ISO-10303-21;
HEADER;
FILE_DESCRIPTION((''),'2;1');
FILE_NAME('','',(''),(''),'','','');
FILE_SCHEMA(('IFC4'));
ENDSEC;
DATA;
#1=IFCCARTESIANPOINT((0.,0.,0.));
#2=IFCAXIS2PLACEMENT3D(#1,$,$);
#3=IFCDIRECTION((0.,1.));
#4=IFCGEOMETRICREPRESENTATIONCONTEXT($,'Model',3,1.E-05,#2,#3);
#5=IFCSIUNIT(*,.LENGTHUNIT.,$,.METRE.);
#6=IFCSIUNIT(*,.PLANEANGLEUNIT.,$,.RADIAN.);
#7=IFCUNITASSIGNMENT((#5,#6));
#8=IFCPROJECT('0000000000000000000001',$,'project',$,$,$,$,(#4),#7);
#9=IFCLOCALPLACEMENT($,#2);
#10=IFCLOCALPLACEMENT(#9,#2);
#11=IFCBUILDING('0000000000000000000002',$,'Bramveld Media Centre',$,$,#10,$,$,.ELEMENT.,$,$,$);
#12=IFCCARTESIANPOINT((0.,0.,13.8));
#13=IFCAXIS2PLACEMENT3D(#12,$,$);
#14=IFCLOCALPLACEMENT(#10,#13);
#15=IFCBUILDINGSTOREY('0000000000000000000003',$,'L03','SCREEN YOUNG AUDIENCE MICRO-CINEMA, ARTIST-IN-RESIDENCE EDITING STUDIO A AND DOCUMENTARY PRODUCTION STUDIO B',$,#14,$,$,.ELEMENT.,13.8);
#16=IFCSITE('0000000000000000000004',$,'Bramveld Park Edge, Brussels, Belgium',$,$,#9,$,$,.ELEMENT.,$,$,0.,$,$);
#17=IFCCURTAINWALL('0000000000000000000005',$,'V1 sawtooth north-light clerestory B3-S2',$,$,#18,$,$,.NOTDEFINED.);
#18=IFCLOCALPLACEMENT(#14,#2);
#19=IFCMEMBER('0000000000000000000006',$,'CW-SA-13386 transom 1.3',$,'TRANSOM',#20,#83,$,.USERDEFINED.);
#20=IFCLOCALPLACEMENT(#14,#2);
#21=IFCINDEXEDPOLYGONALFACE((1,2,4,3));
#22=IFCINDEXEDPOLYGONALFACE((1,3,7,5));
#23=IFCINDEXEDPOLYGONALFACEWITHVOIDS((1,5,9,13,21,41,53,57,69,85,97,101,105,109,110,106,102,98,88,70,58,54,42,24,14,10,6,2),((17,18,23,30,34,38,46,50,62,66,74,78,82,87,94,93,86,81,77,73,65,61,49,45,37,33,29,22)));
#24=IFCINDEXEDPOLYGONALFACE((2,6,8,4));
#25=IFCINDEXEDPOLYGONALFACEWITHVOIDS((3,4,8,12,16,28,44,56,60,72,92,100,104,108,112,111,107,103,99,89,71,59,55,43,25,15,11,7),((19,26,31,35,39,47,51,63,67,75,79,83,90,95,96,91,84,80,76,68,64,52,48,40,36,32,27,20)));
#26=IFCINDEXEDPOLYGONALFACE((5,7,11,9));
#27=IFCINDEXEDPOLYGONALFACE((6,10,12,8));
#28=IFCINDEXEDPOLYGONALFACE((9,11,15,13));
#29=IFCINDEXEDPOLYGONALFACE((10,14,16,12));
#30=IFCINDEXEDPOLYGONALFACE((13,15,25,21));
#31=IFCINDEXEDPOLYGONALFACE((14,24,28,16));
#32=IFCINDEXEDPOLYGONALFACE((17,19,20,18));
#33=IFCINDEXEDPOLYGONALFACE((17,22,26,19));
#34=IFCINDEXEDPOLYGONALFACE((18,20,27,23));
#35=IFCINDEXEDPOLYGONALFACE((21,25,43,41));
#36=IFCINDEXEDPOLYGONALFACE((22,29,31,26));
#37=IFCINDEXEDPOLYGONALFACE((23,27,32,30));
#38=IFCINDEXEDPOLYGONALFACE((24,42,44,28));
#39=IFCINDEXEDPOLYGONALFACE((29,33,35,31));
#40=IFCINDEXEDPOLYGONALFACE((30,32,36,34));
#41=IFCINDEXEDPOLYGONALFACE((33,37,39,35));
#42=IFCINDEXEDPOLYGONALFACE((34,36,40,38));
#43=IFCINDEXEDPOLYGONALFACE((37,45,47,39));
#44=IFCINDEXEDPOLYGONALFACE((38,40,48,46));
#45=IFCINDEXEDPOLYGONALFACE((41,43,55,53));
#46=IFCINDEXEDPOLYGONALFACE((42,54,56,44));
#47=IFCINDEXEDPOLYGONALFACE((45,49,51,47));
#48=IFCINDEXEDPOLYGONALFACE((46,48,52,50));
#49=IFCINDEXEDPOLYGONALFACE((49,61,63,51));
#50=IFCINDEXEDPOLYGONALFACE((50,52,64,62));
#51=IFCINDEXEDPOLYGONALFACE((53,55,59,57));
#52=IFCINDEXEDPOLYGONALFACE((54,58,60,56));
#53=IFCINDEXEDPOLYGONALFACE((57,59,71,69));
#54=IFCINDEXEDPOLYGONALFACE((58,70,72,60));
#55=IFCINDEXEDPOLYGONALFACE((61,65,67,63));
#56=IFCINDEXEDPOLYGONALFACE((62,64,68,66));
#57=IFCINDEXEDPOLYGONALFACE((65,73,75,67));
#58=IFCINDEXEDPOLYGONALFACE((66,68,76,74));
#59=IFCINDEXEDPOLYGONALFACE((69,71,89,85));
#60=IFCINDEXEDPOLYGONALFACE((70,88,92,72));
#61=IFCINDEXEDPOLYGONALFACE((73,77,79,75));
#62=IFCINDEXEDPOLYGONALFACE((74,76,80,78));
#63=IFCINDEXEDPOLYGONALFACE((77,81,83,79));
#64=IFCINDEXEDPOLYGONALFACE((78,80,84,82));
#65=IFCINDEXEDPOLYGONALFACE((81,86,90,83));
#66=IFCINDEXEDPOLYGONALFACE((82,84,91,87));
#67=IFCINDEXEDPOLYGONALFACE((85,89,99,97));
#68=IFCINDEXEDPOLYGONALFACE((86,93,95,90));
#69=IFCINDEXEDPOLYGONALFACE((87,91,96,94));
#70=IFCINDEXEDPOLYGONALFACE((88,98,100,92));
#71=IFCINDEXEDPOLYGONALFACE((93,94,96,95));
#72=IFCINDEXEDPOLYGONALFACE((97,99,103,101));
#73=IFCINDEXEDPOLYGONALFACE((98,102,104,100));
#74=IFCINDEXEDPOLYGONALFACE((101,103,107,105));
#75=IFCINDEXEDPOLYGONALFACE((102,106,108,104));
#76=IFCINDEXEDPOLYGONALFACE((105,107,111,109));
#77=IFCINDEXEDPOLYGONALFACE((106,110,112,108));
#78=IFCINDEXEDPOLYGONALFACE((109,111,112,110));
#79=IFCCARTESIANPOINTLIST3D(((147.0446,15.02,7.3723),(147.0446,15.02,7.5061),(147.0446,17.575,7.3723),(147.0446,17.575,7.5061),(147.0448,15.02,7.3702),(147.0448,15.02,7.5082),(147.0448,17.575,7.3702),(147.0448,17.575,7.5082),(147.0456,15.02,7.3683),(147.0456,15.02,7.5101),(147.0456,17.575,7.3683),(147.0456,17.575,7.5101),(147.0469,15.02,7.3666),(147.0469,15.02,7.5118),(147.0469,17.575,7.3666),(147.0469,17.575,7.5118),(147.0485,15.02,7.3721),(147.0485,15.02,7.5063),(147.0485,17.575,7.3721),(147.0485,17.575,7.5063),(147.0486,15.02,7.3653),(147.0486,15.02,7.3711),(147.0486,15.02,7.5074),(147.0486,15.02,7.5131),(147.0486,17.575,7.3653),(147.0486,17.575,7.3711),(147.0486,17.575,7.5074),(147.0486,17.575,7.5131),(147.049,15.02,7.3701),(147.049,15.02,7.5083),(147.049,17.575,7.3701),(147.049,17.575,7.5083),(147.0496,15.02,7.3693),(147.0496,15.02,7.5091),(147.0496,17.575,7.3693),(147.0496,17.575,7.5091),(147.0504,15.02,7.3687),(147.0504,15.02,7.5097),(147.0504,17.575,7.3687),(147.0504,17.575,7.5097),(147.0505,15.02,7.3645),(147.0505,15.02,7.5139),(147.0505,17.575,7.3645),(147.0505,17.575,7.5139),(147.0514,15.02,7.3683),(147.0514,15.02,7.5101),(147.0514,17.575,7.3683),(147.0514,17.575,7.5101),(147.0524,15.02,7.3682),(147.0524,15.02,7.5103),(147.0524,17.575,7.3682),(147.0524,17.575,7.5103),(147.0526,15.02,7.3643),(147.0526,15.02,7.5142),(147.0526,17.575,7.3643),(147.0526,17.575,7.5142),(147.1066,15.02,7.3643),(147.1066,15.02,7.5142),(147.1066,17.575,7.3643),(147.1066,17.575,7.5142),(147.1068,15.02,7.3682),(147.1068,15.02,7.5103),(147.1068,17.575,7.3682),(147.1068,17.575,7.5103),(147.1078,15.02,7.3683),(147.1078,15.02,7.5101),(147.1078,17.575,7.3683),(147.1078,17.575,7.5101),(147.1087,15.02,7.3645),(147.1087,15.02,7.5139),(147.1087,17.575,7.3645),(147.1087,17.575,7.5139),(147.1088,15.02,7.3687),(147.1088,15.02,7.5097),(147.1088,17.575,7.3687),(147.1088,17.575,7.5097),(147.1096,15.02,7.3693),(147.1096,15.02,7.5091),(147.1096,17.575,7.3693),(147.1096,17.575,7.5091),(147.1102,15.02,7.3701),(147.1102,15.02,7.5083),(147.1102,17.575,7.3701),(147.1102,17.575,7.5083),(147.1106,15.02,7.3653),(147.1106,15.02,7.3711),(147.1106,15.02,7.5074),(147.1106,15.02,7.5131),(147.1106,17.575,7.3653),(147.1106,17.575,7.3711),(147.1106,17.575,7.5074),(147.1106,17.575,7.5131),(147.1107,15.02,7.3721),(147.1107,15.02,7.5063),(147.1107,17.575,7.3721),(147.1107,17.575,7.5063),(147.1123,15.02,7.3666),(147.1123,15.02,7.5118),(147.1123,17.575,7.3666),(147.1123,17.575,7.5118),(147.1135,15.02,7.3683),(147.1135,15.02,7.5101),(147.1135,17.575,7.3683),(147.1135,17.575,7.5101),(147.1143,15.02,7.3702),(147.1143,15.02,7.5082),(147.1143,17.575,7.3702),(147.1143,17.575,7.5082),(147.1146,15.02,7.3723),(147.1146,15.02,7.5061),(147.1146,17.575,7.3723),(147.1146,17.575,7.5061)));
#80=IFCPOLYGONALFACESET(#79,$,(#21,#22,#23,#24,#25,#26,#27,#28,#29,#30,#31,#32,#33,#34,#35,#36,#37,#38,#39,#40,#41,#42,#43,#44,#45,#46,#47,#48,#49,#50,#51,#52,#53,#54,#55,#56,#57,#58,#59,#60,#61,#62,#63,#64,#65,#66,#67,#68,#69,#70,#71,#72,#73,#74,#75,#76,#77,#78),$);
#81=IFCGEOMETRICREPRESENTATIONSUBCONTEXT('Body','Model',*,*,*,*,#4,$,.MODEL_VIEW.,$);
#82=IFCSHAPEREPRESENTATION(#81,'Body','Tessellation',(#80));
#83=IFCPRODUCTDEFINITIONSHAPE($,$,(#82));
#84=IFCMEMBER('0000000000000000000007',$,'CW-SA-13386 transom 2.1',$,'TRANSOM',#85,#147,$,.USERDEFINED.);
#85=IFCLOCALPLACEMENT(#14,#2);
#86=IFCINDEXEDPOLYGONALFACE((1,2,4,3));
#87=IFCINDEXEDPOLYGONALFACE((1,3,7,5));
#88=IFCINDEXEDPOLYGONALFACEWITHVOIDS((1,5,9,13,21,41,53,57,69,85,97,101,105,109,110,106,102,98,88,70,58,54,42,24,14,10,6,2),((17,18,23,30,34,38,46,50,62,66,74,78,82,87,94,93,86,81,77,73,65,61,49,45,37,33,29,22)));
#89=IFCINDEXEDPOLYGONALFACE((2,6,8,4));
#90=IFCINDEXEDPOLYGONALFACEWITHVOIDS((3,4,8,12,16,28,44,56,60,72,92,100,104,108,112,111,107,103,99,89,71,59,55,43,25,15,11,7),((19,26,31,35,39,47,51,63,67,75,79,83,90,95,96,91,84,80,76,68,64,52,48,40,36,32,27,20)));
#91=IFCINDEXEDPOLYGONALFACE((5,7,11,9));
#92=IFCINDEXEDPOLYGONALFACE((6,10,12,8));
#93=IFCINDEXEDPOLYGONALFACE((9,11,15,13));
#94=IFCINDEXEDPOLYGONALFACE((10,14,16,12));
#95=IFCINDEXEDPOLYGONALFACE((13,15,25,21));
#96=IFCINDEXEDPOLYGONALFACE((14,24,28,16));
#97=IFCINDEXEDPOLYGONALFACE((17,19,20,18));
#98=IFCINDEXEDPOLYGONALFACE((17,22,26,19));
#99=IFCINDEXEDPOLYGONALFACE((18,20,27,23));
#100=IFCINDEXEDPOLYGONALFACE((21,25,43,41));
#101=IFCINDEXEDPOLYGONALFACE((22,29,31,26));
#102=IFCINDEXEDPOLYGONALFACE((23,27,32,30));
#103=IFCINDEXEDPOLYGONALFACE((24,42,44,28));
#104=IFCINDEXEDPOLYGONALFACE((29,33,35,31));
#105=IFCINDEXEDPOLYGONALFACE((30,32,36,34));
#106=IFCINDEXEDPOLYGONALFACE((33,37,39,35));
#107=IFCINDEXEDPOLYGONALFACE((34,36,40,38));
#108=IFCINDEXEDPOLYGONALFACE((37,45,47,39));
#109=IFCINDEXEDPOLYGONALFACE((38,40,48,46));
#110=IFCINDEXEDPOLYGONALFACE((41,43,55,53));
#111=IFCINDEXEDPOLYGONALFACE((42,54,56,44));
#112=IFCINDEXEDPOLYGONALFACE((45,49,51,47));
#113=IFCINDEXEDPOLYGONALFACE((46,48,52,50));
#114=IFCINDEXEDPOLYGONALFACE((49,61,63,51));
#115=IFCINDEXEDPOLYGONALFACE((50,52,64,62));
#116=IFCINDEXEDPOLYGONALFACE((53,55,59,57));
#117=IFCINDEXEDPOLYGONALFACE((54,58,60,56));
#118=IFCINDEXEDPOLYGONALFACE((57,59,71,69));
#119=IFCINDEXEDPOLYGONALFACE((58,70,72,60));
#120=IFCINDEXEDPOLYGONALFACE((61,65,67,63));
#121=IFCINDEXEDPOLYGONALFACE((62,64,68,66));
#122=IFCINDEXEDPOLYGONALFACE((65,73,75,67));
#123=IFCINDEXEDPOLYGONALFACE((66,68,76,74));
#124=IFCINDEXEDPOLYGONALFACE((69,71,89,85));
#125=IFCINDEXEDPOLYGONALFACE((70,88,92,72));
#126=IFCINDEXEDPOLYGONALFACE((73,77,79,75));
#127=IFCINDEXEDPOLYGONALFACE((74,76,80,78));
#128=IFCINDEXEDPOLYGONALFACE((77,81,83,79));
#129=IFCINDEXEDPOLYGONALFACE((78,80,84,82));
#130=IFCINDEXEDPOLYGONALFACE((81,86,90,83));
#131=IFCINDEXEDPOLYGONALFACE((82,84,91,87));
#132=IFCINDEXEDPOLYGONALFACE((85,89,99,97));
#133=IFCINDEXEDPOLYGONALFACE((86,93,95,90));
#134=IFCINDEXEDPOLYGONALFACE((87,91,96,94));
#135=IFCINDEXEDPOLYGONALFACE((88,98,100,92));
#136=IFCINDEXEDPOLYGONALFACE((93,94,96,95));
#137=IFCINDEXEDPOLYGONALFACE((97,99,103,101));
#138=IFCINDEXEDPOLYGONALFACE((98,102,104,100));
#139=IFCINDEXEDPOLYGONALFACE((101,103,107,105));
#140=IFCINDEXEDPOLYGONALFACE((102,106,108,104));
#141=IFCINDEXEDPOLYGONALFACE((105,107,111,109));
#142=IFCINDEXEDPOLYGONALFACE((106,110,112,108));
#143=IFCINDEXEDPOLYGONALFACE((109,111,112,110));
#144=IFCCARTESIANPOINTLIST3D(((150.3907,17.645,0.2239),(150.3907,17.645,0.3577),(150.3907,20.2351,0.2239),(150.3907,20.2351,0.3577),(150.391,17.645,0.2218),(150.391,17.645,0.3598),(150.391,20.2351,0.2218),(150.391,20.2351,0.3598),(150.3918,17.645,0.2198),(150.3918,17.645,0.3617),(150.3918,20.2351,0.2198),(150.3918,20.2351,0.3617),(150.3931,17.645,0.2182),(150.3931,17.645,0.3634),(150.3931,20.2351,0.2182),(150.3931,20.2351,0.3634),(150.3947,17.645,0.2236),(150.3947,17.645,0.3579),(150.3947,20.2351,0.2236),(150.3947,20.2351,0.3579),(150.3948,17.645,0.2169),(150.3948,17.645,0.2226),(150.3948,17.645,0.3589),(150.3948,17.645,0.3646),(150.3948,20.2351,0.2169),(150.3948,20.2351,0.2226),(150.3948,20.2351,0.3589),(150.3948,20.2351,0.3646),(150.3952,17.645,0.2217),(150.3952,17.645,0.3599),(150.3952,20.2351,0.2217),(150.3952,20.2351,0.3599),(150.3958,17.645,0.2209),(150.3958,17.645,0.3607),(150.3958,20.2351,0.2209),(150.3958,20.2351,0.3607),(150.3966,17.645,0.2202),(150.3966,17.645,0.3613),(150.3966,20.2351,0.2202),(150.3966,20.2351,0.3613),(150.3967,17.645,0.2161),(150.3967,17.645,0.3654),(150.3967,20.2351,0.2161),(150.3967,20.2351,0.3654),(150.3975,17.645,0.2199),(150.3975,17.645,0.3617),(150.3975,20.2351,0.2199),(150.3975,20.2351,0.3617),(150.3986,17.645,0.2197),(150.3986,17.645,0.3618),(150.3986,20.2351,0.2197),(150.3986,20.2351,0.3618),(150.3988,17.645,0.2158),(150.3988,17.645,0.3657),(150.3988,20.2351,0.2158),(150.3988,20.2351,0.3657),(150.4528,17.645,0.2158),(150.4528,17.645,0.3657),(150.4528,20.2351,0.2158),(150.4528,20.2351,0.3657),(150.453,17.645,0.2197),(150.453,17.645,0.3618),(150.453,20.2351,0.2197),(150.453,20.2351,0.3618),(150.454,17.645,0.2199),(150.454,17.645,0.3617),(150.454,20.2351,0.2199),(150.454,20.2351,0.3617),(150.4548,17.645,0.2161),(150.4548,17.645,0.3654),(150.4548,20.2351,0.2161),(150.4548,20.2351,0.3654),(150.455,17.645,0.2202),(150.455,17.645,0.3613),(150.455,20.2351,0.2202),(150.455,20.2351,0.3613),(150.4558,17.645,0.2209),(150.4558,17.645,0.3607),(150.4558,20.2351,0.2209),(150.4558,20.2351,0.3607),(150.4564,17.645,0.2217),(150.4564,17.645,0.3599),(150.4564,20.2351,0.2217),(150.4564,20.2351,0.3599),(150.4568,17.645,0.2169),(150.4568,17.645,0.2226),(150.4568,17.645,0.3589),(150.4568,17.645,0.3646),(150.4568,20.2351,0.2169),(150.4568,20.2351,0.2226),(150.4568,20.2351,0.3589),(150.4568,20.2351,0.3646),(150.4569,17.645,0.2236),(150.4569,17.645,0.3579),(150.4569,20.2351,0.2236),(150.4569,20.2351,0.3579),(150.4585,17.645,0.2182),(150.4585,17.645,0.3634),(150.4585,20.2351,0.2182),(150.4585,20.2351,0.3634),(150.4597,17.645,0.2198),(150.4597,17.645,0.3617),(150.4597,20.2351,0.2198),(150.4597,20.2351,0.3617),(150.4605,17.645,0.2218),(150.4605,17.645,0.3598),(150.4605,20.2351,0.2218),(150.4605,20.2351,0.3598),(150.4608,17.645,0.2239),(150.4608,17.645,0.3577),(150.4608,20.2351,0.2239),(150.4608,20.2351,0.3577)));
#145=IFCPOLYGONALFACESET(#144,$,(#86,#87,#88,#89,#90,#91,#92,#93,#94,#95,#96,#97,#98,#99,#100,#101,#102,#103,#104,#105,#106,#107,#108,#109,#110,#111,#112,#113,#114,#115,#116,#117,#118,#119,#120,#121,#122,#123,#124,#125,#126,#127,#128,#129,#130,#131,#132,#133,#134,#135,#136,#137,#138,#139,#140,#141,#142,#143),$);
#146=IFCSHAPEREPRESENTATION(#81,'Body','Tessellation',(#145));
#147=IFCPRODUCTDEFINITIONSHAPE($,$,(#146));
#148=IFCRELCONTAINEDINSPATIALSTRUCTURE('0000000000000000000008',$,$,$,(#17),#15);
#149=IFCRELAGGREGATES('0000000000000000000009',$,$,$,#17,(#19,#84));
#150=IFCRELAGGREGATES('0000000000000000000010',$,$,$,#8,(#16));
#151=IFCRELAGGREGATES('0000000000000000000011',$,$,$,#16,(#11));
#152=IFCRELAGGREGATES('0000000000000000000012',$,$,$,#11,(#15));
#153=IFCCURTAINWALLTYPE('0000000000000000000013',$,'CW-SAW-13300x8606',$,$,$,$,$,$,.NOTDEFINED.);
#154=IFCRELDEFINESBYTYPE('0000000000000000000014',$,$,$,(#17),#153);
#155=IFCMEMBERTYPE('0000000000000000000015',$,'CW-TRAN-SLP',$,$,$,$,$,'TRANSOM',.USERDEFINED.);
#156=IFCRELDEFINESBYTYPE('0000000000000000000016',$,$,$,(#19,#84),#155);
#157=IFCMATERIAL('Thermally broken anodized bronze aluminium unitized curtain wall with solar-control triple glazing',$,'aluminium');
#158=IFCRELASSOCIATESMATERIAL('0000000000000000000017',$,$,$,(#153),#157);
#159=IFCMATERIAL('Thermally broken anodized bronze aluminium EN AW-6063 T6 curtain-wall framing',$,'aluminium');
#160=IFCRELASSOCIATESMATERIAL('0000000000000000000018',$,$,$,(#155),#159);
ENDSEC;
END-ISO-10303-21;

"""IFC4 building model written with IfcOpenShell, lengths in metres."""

from ifc_helpers import new_model, si_unit, direction, frame, origin, origin_2d, place, context, subcontext, project, spatial, hollow_rectangle, extrude, material, material_profile, profile_set, type_object, element, aggregate, save


model = new_model("IFC4")

# Units and contexts
model_context = context("Model", 3, precision=1e-05, world=origin(), true_north=direction((0.0, 1.0)))
body_context = subcontext(model_context, "Body", "Model", "MODEL_VIEW")
ifc_project = project(units=[si_unit("LENGTHUNIT", "METRE"), si_unit("PLANEANGLEUNIT", "RADIAN")], contexts=[model_context])

# Site, building, storey
site_placement = place(None, origin())
site = spatial("IfcSite", under=ifc_project, at=site_placement, Name="Bramveld Park Edge, Brussels, Belgium", CompositionType="ELEMENT", RefElevation=0.0)
building_placement = place(site_placement, origin())
building = spatial("IfcBuilding", under=site, at=building_placement, Name="Bramveld Media Centre", CompositionType="ELEMENT")
storey_placement = place(building_placement, frame((0.0, 0.0, 13.8)))
storey = spatial("IfcBuildingStorey", under=building, at=storey_placement, Name="L03", Description="SCREEN YOUNG AUDIENCE MICRO-CINEMA, ARTIST-IN-RESIDENCE EDITING STUDIO A AND DOCUMENTARY PRODUCTION STUDIO B", CompositionType="ELEMENT", Elevation=13.8)

# Curtain wall
ifc_material_1 = material(Name="Thermally broken anodized bronze aluminium unitized curtain wall with solar-control triple glazing", Category="aluminium")
curtain_wall_type = type_object("IfcCurtainWallType", Name="CW-SAW-13300x8606", PredefinedType="NOTDEFINED", material=ifc_material_1)
curtain_wall_1_placement = place(storey_placement, origin())
curtain_wall_1 = element("IfcCurtainWall", 1, at=curtain_wall_1_placement, inside=storey, type_object=curtain_wall_type, Name="V1 sawtooth north-light clerestory B3-S2", PredefinedType="NOTDEFINED")

# Members
ifc_material_2 = material(Name="Thermally broken anodized bronze aluminium EN AW-6063 T6 curtain-wall framing", Category="aluminium")
ifc_material_profile_1 = material_profile(ifc_material_2, hollow_rectangle(XDim=0.0701, YDim=0.1499, WallThickness=0.0039, InnerFilletRadius=0.0039, OuterFilletRadius=0.0081, at=origin_2d()), Name="AL-TRAN 70x150")
ifc_profile_set_1 = profile_set([ifc_material_profile_1], Name="Thermally broken anodized bronze aluminium EN AW-6063 T6 curtain-wall framing")
member_type_1 = type_object("IfcMemberType", Name="CW-TRAN-SLP", ElementType="TRANSOM", PredefinedType="USERDEFINED", material=ifc_profile_set_1)
member_1_placement = place(storey_placement, frame((147.0796, 15.02, 7.4392), z_axis=(0.0, 1.0, 0.0), x_axis=(-1.0, 0.0, 0.0)))
member_1 = element("IfcMember", 2, at=member_1_placement, type_object=member_type_1, Name="CW-SA-13386 transom 1.3", ObjectType="TRANSOM", PredefinedType="USERDEFINED", context=body_context, shape_type="SweptSolid", body=[
    extrude(hollow_rectangle(XDim=0.0701, YDim=0.1499, WallThickness=0.0039, InnerFilletRadius=0.0039, OuterFilletRadius=0.0081, at=origin_2d()), origin(), (0.0, 0.0, 1.0), 2.5549),
])
member_2_placement = place(storey_placement, frame((150.4258, 17.645, 0.2908), z_axis=(0.0, 1.0, 0.0), x_axis=(-1.0, 0.0, 0.0)))
member_2 = element("IfcMember", 3, at=member_2_placement, type_object=member_type_1, Name="CW-SA-13386 transom 2.1", ObjectType="TRANSOM", PredefinedType="USERDEFINED", context=body_context, shape_type="SweptSolid", body=[
    extrude(hollow_rectangle(XDim=0.0701, YDim=0.1499, WallThickness=0.0039, InnerFilletRadius=0.0039, OuterFilletRadius=0.0081, at=origin_2d()), origin(), (0.0, 0.0, 1.0), 2.5901),
])

aggregate(curtain_wall_1, [member_1, member_2])

save(model, "model.ifc")
